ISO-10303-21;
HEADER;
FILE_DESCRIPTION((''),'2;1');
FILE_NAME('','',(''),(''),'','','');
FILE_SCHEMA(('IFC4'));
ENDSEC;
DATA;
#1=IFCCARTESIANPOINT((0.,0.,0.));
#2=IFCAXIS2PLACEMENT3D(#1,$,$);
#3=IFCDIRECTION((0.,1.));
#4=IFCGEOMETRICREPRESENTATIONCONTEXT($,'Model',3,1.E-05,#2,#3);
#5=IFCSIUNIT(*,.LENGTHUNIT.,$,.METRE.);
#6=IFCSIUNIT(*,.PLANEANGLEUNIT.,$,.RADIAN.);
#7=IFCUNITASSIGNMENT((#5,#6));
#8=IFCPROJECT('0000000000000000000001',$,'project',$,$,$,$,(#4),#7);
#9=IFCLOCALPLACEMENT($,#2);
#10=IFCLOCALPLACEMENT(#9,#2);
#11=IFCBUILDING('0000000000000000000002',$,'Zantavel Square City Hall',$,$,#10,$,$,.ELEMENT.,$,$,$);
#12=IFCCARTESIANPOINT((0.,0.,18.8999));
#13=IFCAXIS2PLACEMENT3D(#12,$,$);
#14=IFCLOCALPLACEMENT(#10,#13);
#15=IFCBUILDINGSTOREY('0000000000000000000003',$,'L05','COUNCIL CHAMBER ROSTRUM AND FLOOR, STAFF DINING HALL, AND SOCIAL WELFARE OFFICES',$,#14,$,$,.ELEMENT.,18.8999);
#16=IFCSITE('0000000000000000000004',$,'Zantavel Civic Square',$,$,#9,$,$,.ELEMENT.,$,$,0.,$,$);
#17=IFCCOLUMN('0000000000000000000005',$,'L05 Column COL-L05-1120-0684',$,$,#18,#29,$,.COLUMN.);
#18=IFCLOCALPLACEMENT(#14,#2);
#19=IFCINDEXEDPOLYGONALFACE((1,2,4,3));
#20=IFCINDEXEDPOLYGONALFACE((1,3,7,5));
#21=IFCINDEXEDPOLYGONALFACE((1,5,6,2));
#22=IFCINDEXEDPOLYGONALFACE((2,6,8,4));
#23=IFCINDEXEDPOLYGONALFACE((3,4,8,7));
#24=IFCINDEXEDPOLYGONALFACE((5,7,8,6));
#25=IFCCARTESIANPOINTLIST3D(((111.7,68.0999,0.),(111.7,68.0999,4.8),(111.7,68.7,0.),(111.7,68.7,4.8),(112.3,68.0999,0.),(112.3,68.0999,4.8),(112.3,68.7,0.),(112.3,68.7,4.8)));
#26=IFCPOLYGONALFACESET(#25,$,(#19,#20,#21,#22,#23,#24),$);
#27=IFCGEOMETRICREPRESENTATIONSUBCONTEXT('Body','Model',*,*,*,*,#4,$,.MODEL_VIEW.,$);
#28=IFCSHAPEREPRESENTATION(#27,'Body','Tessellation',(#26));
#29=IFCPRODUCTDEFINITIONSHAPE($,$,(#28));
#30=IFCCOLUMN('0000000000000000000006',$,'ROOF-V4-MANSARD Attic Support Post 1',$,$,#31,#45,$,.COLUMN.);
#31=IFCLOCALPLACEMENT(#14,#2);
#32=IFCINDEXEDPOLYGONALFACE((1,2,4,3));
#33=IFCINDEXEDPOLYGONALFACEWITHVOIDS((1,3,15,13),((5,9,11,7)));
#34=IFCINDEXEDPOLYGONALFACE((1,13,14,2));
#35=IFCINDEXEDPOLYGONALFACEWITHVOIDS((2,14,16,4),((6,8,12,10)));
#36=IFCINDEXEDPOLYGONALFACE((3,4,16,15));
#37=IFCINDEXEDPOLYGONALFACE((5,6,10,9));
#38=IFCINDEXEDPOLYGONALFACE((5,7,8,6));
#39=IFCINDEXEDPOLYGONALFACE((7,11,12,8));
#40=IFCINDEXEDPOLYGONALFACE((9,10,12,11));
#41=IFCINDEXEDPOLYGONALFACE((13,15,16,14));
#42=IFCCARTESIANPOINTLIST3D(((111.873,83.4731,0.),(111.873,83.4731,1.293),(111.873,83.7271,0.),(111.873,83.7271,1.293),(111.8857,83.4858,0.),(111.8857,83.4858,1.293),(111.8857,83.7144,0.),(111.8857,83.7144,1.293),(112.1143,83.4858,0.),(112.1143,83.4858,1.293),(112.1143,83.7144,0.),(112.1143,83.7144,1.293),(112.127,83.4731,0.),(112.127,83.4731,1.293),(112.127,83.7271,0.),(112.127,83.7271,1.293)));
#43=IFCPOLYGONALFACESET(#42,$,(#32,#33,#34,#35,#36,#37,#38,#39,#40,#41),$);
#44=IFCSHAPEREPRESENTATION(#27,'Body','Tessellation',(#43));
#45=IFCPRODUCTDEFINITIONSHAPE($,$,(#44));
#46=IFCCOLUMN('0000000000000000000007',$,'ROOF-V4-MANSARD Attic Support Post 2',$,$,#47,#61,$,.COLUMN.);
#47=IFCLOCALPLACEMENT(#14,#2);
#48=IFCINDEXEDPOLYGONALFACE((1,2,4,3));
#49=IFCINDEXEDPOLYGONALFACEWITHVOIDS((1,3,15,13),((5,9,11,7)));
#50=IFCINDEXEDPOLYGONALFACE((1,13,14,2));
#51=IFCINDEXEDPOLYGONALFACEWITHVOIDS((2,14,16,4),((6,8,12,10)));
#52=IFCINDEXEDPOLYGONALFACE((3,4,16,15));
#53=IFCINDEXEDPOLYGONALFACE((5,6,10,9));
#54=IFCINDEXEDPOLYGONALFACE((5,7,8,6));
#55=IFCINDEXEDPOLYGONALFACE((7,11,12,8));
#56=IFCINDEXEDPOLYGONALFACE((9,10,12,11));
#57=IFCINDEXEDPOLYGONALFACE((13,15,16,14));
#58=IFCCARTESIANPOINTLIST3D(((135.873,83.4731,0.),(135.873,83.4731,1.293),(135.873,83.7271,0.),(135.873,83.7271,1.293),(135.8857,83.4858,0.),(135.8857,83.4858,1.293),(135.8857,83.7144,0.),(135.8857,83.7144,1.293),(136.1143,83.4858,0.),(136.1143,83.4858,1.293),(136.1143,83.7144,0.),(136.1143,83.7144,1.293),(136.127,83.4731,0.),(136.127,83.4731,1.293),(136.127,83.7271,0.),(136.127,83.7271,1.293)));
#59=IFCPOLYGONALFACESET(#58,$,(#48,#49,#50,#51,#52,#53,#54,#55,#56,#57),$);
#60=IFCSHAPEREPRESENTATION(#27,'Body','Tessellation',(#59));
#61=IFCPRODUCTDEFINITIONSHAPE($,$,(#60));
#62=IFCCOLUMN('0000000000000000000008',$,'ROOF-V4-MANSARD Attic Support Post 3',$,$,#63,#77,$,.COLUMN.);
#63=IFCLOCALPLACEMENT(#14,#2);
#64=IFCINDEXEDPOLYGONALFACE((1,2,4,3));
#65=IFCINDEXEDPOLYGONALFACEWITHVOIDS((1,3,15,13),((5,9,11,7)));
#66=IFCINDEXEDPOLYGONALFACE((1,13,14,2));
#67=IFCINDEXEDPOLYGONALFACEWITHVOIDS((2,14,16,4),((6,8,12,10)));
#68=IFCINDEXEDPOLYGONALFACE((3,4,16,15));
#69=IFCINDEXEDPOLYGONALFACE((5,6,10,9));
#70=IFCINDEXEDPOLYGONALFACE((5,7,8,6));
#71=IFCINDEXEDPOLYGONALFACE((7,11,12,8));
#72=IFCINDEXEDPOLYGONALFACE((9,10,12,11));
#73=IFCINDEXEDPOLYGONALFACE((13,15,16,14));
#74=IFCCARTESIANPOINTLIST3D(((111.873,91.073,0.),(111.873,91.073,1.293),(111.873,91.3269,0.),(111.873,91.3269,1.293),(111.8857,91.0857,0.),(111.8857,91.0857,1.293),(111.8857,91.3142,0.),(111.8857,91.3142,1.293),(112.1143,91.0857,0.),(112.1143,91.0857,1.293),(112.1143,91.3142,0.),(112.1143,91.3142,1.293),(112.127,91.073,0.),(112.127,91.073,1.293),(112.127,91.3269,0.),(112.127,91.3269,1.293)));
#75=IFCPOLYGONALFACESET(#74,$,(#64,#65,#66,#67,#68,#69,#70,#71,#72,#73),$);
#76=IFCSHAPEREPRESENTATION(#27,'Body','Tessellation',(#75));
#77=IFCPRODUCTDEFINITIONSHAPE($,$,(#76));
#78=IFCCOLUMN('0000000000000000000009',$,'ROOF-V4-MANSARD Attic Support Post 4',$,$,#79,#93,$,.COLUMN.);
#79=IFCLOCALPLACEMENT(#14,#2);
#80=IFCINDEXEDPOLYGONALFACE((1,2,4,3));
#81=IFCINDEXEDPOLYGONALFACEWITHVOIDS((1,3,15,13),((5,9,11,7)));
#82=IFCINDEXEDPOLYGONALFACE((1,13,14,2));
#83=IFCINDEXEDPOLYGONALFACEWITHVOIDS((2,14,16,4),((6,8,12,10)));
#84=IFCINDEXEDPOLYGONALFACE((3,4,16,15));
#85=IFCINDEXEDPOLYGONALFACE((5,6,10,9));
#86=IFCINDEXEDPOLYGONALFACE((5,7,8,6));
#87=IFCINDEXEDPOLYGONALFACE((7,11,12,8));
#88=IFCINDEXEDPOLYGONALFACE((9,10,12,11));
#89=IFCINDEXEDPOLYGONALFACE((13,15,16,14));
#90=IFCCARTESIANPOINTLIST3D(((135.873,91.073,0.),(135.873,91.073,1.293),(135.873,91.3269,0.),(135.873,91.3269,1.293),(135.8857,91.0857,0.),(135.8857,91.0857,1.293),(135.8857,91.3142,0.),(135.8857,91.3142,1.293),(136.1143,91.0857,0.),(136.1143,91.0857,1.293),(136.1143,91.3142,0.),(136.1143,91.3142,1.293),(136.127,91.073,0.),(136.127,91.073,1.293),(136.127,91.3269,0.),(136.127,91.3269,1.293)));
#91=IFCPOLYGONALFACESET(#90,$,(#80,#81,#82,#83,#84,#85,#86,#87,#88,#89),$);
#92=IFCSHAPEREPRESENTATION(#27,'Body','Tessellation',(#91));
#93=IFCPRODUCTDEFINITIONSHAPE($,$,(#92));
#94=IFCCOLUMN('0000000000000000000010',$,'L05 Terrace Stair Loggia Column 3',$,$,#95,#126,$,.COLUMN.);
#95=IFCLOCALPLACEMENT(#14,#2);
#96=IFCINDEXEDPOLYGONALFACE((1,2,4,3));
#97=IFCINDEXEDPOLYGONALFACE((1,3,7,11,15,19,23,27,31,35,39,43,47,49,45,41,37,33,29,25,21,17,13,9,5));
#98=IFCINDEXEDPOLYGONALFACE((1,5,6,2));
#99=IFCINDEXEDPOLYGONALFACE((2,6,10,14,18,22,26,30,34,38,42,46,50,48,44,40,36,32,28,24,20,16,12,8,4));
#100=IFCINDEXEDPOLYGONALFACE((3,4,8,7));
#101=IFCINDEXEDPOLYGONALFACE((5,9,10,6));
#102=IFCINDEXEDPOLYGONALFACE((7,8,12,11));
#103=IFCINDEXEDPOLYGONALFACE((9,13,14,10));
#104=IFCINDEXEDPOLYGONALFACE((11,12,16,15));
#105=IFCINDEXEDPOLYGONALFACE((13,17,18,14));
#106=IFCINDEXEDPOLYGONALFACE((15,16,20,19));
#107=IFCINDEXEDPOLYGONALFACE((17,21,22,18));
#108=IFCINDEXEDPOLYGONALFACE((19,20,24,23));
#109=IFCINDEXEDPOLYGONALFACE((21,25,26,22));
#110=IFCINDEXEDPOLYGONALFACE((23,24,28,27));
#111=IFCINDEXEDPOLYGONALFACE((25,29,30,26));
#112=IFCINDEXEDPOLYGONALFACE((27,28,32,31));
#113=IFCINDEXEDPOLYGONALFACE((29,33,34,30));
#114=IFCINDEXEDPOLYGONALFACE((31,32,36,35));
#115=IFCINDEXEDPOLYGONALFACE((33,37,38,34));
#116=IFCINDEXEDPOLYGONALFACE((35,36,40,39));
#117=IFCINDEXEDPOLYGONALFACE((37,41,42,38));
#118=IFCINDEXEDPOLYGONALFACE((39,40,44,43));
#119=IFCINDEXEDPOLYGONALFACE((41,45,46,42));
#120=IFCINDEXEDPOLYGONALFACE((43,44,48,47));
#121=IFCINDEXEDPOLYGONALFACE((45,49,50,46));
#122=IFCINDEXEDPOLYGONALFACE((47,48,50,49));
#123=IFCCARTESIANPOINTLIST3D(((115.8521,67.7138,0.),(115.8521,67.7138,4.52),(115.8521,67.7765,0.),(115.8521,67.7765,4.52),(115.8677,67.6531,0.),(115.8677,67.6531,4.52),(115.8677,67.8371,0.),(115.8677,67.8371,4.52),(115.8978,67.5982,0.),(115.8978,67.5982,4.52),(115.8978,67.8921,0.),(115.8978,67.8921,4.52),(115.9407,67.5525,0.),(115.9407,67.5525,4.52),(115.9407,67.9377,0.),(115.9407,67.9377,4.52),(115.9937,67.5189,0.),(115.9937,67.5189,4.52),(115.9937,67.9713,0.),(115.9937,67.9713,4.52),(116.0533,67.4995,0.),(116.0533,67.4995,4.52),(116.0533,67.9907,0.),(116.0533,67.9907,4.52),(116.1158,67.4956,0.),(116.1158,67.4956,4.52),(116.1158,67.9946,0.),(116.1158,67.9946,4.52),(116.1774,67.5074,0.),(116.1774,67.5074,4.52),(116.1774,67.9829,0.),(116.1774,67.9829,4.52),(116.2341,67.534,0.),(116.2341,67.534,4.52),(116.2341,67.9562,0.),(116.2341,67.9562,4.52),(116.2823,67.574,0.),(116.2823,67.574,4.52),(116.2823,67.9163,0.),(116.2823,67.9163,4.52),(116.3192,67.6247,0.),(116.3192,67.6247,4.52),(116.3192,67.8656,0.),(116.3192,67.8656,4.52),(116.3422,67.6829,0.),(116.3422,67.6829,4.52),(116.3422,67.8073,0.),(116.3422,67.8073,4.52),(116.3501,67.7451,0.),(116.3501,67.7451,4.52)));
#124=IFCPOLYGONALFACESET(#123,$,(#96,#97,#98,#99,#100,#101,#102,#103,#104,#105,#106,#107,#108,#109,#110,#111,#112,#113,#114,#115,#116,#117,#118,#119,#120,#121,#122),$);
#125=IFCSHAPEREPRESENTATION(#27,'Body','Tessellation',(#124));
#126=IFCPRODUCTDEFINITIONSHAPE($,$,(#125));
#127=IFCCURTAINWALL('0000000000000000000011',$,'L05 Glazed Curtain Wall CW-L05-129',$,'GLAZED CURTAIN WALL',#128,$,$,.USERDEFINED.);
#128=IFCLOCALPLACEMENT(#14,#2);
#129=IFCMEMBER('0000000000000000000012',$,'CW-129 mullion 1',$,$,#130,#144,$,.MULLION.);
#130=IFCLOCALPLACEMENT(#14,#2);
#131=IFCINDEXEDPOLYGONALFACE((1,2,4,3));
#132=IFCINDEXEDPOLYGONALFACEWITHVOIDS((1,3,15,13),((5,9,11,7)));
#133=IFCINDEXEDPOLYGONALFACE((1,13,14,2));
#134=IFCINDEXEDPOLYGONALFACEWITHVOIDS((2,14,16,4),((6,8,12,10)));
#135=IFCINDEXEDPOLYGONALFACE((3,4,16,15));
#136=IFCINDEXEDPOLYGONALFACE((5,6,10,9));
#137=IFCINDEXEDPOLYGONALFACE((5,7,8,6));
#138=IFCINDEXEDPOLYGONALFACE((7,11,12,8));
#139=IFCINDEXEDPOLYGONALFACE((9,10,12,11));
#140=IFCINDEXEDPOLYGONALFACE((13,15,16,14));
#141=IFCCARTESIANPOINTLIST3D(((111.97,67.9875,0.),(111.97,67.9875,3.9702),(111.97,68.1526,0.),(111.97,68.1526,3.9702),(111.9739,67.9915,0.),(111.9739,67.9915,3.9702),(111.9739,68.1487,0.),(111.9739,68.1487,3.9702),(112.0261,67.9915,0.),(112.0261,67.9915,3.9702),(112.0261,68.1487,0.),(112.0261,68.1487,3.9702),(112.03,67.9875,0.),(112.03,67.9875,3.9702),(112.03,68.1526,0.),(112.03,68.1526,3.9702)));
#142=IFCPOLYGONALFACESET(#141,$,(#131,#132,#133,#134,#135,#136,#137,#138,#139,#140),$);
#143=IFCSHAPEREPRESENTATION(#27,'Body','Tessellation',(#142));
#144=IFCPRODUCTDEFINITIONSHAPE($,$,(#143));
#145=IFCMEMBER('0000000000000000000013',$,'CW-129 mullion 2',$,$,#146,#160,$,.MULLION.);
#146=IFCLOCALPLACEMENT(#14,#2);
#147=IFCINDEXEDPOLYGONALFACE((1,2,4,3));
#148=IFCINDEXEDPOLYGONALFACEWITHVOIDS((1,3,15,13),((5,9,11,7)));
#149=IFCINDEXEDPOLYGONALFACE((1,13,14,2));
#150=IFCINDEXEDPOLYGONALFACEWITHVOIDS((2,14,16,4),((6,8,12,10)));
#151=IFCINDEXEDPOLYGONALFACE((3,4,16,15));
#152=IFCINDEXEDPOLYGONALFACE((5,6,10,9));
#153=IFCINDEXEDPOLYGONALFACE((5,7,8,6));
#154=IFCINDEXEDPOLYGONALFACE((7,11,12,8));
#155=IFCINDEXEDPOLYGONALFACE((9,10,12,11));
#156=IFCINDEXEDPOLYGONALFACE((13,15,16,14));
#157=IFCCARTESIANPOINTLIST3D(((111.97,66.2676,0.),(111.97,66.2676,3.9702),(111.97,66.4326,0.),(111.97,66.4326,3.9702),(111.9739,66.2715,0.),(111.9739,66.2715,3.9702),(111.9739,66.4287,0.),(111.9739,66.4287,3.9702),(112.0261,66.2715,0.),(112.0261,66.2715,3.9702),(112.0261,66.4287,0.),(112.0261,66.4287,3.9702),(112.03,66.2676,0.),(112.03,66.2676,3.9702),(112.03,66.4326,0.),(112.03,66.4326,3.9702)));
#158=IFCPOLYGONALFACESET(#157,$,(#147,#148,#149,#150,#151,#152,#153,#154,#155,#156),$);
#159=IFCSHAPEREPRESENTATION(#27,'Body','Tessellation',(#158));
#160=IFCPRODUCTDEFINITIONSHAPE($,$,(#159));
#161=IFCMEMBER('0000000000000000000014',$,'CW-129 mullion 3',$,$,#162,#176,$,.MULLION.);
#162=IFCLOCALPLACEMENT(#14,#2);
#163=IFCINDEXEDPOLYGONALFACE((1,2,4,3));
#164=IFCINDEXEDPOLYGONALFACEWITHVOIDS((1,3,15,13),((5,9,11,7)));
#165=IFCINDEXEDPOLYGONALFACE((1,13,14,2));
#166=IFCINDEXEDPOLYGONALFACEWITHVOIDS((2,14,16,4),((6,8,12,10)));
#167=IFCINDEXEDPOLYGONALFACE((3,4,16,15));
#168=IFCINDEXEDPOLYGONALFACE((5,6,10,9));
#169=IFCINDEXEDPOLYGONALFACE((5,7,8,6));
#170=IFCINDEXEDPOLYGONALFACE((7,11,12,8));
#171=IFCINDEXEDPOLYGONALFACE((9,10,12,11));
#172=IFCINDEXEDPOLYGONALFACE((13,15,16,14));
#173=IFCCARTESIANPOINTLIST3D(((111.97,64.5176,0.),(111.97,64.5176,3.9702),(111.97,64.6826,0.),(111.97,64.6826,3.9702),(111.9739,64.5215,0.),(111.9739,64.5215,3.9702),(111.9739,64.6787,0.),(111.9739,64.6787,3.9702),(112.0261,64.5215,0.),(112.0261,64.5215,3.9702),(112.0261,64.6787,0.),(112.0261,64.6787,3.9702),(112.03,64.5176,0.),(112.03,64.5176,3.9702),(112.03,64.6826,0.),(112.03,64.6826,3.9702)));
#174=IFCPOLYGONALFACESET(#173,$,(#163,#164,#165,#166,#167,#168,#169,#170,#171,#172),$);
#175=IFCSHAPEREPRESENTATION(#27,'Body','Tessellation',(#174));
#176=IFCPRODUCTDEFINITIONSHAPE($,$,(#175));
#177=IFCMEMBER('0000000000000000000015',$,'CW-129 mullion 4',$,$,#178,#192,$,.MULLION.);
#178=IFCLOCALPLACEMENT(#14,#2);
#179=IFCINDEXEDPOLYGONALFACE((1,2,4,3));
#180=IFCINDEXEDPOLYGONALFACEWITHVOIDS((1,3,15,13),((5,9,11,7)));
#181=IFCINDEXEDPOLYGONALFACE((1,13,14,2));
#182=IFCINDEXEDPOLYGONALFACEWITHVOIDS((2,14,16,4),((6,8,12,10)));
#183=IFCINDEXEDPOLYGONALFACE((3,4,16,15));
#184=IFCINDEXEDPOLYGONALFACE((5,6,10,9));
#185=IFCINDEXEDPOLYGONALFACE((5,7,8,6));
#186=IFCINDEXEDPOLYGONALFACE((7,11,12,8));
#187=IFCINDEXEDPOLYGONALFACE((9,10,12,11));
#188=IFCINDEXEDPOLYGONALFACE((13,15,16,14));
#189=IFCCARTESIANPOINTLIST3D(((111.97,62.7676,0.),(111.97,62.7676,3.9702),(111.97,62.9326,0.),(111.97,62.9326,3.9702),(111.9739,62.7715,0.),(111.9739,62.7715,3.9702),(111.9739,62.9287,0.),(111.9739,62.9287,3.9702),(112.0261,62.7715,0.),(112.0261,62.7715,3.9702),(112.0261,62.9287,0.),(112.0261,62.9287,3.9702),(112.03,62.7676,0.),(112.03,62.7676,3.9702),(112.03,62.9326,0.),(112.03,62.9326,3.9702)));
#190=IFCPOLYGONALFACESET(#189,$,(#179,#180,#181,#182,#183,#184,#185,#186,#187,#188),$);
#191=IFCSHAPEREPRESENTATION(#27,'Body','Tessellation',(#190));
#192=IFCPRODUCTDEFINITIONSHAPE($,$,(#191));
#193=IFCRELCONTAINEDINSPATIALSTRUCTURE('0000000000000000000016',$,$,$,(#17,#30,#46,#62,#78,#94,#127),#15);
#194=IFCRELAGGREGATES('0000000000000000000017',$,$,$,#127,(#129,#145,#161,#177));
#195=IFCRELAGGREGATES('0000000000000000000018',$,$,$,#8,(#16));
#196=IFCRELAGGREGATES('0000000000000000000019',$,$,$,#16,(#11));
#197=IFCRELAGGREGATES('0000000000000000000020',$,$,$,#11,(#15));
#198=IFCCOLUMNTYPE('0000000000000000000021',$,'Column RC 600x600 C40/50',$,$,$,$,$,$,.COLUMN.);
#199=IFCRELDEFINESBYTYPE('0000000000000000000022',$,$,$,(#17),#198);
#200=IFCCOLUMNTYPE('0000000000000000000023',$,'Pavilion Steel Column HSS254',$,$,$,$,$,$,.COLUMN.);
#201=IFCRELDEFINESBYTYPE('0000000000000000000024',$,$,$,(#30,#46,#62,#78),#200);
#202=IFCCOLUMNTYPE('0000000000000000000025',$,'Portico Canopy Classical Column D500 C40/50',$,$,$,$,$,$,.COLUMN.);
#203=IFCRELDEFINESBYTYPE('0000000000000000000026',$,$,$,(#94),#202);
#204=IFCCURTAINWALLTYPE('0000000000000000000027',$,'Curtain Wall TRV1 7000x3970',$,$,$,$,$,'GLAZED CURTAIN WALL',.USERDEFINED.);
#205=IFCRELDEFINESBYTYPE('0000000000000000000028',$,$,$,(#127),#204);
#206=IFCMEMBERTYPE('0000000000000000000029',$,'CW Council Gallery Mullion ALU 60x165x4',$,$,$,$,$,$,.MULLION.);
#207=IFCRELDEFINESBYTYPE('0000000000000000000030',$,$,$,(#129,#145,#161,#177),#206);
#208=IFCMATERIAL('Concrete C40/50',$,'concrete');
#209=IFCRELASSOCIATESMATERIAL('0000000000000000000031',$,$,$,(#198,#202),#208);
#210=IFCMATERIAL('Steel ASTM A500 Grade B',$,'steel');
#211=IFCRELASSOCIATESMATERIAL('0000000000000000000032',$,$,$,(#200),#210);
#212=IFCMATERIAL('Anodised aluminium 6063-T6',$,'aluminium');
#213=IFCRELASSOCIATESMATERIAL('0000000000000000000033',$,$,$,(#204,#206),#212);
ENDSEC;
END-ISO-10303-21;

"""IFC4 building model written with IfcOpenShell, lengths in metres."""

from ifc_helpers import new_model, si_unit, direction, frame, origin, origin_2d, place, context, subcontext, project, spatial, rectangle, hollow_rectangle, circle, extrude, material, material_profile, profile_set, type_object, element, aggregate, save


model = new_model("IFC4")

# Units and contexts
model_context = context("Model", 3, precision=1e-05, world=origin(), true_north=direction((0.0, 1.0)))
body_context = subcontext(model_context, "Body", "Model", "MODEL_VIEW")
ifc_project = project(units=[si_unit("LENGTHUNIT", "METRE"), si_unit("PLANEANGLEUNIT", "RADIAN")], contexts=[model_context])

# Site, building, storey
site_placement = place(None, origin())
site = spatial("IfcSite", under=ifc_project, at=site_placement, Name="Zantavel Civic Square", CompositionType="ELEMENT", RefElevation=0.0)
building_placement = place(site_placement, origin())
building = spatial("IfcBuilding", under=site, at=building_placement, Name="Zantavel Square City Hall", CompositionType="ELEMENT")
storey_placement = place(building_placement, frame((0.0, 0.0, 18.8999)))
storey = spatial("IfcBuildingStorey", under=building, at=storey_placement, Name="L05", Description="COUNCIL CHAMBER ROSTRUM AND FLOOR, STAFF DINING HALL, AND SOCIAL WELFARE OFFICES", CompositionType="ELEMENT", Elevation=18.8999)

# Columns
ifc_material_1 = material(Name="Concrete C40/50", Category="concrete")
ifc_material_profile_1 = material_profile(ifc_material_1, rectangle(XDim=0.6001, YDim=0.6001, at=origin_2d()), Name="RC 600x600")
ifc_profile_set_1 = profile_set([ifc_material_profile_1], Name="Concrete C40/50")
column_type_1 = type_object("IfcColumnType", Name="Column RC 600x600 C40/50", PredefinedType="COLUMN", material=ifc_profile_set_1)
column_1_placement = place(storey_placement, frame((112.0, 68.3999, 0.0), z_axis=(0.0, 0.0, 1.0), x_axis=(1.0, 0.0, 0.0)))
element("IfcColumn", 1, at=column_1_placement, inside=storey, type_object=column_type_1, Name="L05 Column COL-L05-1120-0684", PredefinedType="COLUMN", context=body_context, shape_type="SweptSolid", body=[
    extrude(rectangle(XDim=0.6001, YDim=0.6001, at=origin_2d()), origin(), (0.0, 0.0, 1.0), 4.8),
])
ifc_material_2 = material(Name="Steel ASTM A500 Grade B", Category="steel")
ifc_material_profile_2 = material_profile(ifc_material_2, hollow_rectangle(XDim=0.2539, YDim=0.2539, WallThickness=0.0127, at=origin_2d()), Name="HSS 254x254x12.7")
ifc_profile_set_2 = profile_set([ifc_material_profile_2], Name="Steel ASTM A500 Grade B")
column_type_2 = type_object("IfcColumnType", Name="Pavilion Steel Column HSS254", PredefinedType="COLUMN", material=ifc_profile_set_2)
for number, where, z_axis, x_axis, name in (
    (2, (112.0, 83.6001, 0.0), (0.0, 0.0, 1.0), (1.0, 0.0, 0.0), "ROOF-V4-MANSARD Attic Support Post 1"),
    (3, (136.0, 83.6001, 0.0), (0.0, 0.0, 1.0), (1.0, 0.0, 0.0), "ROOF-V4-MANSARD Attic Support Post 2"),
    (4, (112.0, 91.2, 0.0), (0.0, 0.0, 1.0), (1.0, 0.0, 0.0), "ROOF-V4-MANSARD Attic Support Post 3"),
    (5, (136.0, 91.2, 0.0), (0.0, 0.0, 1.0), (1.0, 0.0, 0.0), "ROOF-V4-MANSARD Attic Support Post 4"),
):
    element("IfcColumn", number, at=place(storey_placement, frame(where, z_axis=z_axis, x_axis=x_axis)), inside=storey, type_object=column_type_2, Name=name, PredefinedType="COLUMN", context=body_context, shape_type="SweptSolid", body=[
        extrude(hollow_rectangle(XDim=0.2539, YDim=0.2539, WallThickness=0.0127, at=origin_2d()), origin(), (0.0, 0.0, 1.0), 1.293),
    ])
ifc_material_profile_3 = material_profile(ifc_material_1, circle(Radius=0.25, at=origin_2d()), Name="ROUND D500")
ifc_profile_set_3 = profile_set([ifc_material_profile_3], Name="Concrete C40/50")
column_type_3 = type_object("IfcColumnType", Name="Portico Canopy Classical Column D500 C40/50", PredefinedType="COLUMN", material=ifc_profile_set_3)
column_2_placement = place(storey_placement, frame((116.1001, 67.7451, 0.0), z_axis=(0.0, 0.0, 1.0), x_axis=(1.0, 0.0, 0.0)))
element("IfcColumn", 6, at=column_2_placement, inside=storey, type_object=column_type_3, Name="L05 Terrace Stair Loggia Column 3", PredefinedType="COLUMN", context=body_context, shape_type="SweptSolid", body=[
    extrude(circle(Radius=0.25, at=origin_2d()), origin(), (0.0, 0.0, 1.0), 4.52),
])

# Curtain wall, members
ifc_material_3 = material(Name="Anodised aluminium 6063-T6", Category="aluminium")
curtain_wall_type = type_object("IfcCurtainWallType", Name="Curtain Wall TRV1 7000x3970", ElementType="GLAZED CURTAIN WALL", PredefinedType="USERDEFINED", material=ifc_material_3)
curtain_wall_placement = place(storey_placement, origin())
curtain_wall = element("IfcCurtainWall", 7, at=curtain_wall_placement, inside=storey, type_object=curtain_wall_type, Name="L05 Glazed Curtain Wall CW-L05-129", ObjectType="GLAZED CURTAIN WALL", PredefinedType="USERDEFINED")
ifc_material_profile_4 = material_profile(ifc_material_3, hollow_rectangle(XDim=0.0601, YDim=0.165, WallThickness=0.0039, at=origin_2d()), Name="ALU 60x165x4")
ifc_profile_set_4 = profile_set([ifc_material_profile_4], Name="Anodised aluminium 6063-T6")
member_type_1 = type_object("IfcMemberType", Name="CW Council Gallery Mullion ALU 60x165x4", PredefinedType="MULLION", material=ifc_profile_set_4)
member_1_placement = place(storey_placement, frame((112.0, 68.0701, 0.0), z_axis=(0.0, 0.0, 1.0), x_axis=(1.0, 0.0, 0.0)))
member_1 = element("IfcMember", 8, at=member_1_placement, type_object=member_type_1, Name="CW-129 mullion 1", PredefinedType="MULLION", context=body_context, shape_type="SweptSolid", body=[
    extrude(hollow_rectangle(XDim=0.0601, YDim=0.165, WallThickness=0.0039, at=origin_2d()), origin(), (0.0, 0.0, 1.0), 3.9702),
])
member_2_placement = place(storey_placement, frame((112.0, 66.3501, 0.0), z_axis=(0.0, 0.0, 1.0), x_axis=(1.0, 0.0, 0.0)))
member_2 = element("IfcMember", 9, at=member_2_placement, type_object=member_type_1, Name="CW-129 mullion 2", PredefinedType="MULLION", context=body_context, shape_type="SweptSolid", body=[
    extrude(hollow_rectangle(XDim=0.0601, YDim=0.165, WallThickness=0.0039, at=origin_2d()), origin(), (0.0, 0.0, 1.0), 3.9702),
])
member_3_placement = place(storey_placement, frame((112.0, 64.6001, 0.0), z_axis=(0.0, 0.0, 1.0), x_axis=(1.0, 0.0, 0.0)))
member_3 = element("IfcMember", 10, at=member_3_placement, type_object=member_type_1, Name="CW-129 mullion 3", PredefinedType="MULLION", context=body_context, shape_type="SweptSolid", body=[
    extrude(hollow_rectangle(XDim=0.0601, YDim=0.165, WallThickness=0.0039, at=origin_2d()), origin(), (0.0, 0.0, 1.0), 3.9702),
])
member_4_placement = place(storey_placement, frame((112.0, 62.8501, 0.0), z_axis=(0.0, 0.0, 1.0), x_axis=(1.0, 0.0, 0.0)))
member_4 = element("IfcMember", 11, at=member_4_placement, type_object=member_type_1, Name="CW-129 mullion 4", PredefinedType="MULLION", context=body_context, shape_type="SweptSolid", body=[
    extrude(hollow_rectangle(XDim=0.0601, YDim=0.165, WallThickness=0.0039, at=origin_2d()), origin(), (0.0, 0.0, 1.0), 3.9702),
])

aggregate(curtain_wall, [member_1, member_2, member_3, member_4])

save(model, "model.ifc")
